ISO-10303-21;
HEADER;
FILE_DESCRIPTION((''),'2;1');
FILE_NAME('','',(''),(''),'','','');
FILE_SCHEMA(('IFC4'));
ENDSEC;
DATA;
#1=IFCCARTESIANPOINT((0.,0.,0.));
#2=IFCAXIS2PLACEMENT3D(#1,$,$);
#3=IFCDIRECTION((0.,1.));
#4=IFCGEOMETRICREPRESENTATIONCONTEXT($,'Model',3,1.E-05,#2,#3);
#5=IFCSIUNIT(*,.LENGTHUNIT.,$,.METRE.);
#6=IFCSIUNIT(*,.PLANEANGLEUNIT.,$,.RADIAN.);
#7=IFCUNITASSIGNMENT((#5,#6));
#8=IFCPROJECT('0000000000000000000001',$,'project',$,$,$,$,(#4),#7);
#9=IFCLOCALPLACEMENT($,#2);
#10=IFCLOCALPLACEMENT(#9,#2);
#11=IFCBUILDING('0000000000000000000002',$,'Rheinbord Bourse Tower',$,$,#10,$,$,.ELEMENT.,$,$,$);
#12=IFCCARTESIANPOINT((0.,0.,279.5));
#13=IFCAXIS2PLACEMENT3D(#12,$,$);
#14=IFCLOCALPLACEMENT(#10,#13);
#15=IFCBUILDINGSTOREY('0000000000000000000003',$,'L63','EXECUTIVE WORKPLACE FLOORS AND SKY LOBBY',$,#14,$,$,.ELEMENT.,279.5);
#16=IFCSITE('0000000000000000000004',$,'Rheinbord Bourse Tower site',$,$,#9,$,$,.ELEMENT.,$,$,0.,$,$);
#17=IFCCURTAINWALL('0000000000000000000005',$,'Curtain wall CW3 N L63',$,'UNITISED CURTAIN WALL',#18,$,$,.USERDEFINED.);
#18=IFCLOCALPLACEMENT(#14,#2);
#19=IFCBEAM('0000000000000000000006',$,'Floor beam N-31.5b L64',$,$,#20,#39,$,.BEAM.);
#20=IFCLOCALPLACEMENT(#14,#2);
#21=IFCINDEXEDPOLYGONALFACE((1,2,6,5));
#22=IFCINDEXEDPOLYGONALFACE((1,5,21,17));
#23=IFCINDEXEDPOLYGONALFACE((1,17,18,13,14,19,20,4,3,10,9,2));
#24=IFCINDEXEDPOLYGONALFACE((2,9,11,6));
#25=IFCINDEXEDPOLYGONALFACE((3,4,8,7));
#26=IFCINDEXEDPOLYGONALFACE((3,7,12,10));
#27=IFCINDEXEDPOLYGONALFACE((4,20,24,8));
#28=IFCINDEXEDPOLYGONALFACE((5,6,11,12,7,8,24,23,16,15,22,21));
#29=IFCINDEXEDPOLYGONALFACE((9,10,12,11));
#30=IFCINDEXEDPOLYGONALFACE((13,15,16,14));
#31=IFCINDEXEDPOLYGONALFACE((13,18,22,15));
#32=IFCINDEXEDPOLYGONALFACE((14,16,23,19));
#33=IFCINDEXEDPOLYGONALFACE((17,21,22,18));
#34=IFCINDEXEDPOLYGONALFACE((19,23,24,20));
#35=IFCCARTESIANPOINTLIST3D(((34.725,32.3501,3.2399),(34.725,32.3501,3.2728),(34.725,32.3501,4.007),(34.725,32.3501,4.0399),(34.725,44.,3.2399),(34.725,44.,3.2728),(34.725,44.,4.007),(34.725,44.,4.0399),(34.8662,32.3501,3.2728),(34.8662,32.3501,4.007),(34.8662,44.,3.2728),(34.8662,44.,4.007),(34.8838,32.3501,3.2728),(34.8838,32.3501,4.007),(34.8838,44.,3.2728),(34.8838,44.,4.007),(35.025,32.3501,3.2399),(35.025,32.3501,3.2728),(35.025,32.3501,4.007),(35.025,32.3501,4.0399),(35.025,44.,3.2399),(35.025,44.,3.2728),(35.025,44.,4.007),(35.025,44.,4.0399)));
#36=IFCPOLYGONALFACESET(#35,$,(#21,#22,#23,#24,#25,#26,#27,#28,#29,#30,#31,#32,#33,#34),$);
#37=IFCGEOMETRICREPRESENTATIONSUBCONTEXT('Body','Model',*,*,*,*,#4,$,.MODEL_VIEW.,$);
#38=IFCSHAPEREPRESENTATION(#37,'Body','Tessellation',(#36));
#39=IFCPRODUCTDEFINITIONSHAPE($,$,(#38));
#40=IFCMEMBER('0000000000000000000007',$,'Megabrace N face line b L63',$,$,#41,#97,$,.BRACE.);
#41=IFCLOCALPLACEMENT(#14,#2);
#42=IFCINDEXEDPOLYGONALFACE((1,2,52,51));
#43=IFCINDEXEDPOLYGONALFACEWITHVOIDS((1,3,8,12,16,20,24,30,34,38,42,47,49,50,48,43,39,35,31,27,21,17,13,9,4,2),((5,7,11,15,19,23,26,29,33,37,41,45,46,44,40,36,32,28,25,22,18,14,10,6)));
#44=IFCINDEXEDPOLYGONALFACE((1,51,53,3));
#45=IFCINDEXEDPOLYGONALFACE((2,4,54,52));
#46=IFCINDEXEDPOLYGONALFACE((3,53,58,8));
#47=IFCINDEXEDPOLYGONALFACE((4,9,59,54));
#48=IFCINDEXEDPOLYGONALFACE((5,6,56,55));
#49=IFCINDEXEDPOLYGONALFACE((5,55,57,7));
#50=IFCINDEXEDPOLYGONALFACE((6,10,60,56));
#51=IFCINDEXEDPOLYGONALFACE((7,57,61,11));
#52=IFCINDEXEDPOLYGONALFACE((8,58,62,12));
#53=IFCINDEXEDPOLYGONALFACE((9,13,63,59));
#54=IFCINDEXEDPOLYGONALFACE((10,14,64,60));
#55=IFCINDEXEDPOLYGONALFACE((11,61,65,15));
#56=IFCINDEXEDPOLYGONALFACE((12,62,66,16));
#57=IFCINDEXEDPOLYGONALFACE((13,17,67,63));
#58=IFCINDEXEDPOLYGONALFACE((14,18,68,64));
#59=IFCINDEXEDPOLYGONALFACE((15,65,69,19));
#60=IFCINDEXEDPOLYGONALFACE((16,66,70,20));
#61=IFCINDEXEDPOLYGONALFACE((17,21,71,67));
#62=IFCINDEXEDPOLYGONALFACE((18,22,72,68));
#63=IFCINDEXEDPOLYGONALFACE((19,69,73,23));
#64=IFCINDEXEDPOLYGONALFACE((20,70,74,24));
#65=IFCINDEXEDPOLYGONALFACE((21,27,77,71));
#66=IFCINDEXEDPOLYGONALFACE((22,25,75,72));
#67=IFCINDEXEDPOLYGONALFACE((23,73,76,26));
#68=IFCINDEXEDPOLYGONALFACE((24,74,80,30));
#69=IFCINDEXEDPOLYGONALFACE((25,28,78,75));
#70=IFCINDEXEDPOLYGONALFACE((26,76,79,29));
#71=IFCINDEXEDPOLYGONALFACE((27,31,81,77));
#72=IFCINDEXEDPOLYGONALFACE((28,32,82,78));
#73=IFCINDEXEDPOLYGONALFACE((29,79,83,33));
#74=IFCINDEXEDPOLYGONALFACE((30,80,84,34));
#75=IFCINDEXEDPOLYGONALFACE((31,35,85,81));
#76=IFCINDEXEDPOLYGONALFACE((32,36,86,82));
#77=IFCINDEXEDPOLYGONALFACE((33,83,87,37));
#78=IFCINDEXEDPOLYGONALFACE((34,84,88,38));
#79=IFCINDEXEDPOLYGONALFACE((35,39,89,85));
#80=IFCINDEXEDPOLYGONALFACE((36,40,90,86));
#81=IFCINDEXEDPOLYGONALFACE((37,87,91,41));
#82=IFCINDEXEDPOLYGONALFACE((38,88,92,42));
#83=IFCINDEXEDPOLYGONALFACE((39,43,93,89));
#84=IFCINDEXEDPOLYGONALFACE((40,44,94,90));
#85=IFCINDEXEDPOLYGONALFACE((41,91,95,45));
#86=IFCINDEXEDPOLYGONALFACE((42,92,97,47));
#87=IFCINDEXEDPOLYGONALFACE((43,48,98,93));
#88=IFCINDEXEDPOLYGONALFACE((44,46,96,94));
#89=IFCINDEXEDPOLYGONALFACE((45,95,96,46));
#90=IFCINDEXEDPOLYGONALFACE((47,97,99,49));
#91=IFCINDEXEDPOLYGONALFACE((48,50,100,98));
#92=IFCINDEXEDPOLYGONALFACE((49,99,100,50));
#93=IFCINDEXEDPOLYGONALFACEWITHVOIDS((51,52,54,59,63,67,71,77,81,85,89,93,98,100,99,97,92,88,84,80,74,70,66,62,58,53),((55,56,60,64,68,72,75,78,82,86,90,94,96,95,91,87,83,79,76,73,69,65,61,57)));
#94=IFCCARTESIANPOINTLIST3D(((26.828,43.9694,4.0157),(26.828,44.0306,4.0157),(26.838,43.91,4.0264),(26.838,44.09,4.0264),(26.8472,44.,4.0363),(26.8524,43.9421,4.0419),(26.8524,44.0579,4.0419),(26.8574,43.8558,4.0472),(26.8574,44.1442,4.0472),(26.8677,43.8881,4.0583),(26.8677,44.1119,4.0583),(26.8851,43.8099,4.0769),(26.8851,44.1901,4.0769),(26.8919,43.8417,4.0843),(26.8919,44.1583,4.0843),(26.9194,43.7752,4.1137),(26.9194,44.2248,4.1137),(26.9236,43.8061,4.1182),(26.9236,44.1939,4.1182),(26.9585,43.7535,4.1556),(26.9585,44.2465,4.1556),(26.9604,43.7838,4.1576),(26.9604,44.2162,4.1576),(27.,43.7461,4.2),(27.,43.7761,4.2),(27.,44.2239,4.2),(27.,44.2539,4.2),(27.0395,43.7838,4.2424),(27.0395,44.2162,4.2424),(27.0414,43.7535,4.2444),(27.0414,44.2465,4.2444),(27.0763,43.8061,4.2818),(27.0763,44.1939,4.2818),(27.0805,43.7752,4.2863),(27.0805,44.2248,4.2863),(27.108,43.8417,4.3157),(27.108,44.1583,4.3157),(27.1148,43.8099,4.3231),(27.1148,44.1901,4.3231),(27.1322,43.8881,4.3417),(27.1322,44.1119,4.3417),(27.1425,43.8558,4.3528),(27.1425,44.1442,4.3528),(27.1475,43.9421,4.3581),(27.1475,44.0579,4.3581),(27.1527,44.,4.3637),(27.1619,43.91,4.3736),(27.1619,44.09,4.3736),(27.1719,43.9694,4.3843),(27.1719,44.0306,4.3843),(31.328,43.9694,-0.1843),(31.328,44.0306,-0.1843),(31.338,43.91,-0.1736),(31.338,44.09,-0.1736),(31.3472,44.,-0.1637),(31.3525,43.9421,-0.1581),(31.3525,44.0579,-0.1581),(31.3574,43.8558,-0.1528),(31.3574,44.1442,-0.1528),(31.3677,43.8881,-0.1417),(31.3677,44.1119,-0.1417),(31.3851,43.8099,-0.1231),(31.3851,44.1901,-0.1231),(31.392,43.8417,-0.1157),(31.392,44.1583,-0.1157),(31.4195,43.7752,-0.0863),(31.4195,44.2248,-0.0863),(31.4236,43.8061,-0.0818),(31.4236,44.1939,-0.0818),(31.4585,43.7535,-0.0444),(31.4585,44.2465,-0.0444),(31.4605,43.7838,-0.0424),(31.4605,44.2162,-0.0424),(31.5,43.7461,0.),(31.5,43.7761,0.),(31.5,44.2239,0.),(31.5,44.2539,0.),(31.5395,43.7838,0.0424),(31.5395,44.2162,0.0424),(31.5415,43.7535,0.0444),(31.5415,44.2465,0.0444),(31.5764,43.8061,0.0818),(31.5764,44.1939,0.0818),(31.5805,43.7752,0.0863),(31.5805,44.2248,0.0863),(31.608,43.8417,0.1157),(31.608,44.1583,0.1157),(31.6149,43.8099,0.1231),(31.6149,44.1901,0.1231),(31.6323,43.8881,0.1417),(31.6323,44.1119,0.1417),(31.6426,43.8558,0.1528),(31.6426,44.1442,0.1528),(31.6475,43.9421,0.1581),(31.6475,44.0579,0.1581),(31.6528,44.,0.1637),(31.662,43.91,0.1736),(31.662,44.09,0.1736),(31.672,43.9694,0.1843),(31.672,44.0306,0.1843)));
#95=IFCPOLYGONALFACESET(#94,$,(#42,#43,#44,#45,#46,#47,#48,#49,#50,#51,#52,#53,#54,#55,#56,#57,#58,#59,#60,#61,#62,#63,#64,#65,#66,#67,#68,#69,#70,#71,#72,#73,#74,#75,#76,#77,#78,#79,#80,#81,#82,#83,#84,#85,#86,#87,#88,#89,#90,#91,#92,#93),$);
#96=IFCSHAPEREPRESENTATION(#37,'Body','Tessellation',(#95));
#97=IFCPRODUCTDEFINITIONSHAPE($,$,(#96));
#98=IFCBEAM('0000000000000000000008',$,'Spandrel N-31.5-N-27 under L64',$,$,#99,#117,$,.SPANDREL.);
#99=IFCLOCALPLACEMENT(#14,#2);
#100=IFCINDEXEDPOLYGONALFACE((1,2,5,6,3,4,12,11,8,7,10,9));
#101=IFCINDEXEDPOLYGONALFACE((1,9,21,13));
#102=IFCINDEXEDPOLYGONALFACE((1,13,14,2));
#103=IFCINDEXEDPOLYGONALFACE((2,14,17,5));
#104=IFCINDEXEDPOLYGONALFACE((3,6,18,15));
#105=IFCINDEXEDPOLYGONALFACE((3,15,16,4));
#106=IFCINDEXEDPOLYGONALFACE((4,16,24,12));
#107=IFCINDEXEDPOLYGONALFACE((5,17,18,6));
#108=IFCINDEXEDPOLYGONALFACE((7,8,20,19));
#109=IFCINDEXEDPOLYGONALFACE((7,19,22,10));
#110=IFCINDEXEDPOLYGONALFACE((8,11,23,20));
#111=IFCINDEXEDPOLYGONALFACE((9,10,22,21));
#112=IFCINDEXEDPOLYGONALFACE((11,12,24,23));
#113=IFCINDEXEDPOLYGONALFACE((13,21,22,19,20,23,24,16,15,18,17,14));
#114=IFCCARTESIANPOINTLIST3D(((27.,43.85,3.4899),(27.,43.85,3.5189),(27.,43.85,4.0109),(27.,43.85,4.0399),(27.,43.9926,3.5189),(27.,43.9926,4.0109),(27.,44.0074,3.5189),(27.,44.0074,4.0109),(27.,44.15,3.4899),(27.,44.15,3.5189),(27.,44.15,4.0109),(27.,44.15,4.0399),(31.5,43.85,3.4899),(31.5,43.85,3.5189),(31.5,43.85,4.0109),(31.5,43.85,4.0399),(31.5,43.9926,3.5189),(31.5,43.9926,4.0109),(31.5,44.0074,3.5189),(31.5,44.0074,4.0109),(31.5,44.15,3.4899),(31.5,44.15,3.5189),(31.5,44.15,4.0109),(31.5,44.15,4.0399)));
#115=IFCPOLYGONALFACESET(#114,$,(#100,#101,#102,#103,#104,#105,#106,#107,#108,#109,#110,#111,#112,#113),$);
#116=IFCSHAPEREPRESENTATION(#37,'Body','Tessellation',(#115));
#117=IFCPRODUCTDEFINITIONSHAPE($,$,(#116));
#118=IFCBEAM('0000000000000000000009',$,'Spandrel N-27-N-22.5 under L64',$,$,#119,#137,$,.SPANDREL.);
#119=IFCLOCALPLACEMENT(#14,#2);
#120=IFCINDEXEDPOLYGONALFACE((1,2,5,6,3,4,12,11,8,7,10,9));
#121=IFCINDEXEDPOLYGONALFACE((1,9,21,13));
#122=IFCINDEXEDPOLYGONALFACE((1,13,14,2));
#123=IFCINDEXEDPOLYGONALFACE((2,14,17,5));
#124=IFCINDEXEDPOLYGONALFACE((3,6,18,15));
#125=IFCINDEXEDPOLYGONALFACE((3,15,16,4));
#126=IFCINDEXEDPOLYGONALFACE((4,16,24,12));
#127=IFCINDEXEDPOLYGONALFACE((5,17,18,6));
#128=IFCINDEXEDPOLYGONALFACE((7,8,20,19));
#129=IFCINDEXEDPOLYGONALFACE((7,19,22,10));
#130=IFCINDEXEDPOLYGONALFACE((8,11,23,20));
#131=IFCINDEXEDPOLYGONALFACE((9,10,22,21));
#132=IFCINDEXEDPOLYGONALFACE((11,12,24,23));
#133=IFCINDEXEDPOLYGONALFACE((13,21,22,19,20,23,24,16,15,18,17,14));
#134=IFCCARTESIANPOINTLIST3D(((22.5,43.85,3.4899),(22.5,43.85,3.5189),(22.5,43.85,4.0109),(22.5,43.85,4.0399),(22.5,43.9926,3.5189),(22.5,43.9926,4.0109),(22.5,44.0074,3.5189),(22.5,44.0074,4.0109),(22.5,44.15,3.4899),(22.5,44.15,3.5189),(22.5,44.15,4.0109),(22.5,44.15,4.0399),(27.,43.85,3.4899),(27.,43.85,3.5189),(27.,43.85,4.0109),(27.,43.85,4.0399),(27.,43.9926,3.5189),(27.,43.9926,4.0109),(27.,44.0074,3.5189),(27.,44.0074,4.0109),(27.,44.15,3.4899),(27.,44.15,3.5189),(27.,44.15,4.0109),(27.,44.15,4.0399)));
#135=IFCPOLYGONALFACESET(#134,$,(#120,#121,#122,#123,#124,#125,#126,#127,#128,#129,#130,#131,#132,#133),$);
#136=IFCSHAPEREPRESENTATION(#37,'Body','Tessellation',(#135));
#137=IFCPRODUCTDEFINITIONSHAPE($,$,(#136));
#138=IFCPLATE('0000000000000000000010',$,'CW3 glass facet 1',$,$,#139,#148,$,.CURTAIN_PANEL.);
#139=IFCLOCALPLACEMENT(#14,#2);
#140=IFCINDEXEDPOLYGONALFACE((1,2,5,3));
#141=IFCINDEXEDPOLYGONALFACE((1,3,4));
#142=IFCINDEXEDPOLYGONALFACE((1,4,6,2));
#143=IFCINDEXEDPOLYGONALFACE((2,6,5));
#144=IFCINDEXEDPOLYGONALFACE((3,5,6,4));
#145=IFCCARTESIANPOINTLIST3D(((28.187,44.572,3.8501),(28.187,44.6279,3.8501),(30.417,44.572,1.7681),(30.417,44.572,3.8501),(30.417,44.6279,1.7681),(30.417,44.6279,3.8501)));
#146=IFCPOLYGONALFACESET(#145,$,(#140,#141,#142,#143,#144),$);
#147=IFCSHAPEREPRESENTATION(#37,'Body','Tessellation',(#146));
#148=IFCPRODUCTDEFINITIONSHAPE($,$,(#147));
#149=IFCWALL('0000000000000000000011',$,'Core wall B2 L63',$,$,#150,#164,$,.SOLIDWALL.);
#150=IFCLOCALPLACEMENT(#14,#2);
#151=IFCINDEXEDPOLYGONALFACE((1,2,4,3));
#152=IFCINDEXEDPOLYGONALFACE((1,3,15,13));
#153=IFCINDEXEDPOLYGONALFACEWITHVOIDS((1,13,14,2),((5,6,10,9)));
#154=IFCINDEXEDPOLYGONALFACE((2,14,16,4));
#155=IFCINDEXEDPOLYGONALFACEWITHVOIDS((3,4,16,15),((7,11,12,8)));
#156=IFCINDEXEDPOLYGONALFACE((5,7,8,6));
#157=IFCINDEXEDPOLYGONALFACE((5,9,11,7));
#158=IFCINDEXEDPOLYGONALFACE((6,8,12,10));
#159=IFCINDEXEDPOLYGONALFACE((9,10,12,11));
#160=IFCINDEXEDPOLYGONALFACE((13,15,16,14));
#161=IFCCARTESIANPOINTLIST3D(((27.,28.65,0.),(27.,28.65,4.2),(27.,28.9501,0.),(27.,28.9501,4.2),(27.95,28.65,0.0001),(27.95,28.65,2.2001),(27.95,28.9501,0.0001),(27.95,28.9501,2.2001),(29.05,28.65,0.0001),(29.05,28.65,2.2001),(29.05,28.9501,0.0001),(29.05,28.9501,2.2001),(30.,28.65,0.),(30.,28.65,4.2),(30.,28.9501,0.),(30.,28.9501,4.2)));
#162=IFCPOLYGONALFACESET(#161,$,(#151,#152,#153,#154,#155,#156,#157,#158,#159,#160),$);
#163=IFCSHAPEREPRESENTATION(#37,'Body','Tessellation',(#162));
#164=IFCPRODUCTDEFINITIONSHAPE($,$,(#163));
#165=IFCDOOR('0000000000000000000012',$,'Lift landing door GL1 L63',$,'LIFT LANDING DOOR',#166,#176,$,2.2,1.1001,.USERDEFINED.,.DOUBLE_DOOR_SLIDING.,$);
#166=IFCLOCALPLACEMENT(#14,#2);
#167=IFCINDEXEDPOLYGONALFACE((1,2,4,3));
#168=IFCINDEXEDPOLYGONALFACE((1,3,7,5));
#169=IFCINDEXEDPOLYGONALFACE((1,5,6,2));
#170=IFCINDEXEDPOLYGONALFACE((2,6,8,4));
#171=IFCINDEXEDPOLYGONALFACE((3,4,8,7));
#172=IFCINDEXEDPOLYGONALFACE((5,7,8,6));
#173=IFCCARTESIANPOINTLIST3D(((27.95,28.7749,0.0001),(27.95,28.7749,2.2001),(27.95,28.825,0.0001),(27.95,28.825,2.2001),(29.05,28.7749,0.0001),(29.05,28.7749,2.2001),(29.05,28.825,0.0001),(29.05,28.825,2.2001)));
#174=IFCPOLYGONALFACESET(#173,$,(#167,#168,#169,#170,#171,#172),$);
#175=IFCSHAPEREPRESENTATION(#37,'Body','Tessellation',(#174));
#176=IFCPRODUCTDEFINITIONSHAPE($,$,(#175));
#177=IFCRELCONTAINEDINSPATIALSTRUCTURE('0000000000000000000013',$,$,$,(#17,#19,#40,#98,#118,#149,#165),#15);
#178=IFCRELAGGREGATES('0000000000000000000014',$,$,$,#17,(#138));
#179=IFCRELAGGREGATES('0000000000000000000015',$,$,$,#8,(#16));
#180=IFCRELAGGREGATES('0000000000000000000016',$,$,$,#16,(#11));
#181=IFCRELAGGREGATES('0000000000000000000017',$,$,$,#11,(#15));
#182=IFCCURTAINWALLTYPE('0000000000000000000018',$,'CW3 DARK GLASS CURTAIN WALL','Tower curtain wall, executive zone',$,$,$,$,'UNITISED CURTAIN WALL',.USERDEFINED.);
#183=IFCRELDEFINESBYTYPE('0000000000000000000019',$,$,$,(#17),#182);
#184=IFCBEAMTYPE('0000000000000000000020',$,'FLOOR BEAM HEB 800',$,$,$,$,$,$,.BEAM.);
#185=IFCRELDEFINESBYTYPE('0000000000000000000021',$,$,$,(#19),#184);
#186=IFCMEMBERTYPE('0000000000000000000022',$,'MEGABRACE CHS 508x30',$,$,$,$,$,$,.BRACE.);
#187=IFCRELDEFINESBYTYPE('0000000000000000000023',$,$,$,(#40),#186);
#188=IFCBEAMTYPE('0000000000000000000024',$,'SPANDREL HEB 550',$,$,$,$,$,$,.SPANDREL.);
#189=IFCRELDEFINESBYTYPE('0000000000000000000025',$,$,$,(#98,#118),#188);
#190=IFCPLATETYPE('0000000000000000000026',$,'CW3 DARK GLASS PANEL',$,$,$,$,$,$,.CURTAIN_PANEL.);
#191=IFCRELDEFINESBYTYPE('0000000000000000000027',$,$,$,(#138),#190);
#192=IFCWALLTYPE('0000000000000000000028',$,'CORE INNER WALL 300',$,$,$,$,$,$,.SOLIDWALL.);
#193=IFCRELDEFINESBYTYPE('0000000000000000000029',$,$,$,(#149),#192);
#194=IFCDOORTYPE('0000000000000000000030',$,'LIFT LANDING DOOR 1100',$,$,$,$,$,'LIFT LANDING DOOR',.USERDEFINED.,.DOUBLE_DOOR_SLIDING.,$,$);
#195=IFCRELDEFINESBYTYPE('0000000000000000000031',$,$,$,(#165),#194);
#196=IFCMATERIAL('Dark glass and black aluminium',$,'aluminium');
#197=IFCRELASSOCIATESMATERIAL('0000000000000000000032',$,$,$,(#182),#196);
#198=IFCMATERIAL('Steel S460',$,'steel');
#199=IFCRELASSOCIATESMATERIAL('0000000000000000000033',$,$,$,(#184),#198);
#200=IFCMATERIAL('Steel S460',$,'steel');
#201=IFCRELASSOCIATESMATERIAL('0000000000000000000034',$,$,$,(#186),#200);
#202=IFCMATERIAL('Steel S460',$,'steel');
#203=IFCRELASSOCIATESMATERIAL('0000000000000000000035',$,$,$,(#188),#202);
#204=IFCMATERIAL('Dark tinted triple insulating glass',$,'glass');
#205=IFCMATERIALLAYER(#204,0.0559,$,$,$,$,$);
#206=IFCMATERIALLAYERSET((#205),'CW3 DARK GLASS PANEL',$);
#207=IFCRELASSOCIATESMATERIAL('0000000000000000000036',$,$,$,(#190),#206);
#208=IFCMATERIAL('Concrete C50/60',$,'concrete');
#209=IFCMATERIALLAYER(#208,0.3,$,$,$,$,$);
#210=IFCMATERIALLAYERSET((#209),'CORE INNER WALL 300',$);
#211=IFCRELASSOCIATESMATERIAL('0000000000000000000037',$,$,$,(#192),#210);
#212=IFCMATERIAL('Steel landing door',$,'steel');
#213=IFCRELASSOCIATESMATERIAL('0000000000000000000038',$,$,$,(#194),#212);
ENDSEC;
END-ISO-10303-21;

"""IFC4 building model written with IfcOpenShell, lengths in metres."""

from ifc_helpers import new_model, si_unit, direction, frame, frame_2d, origin, origin_2d, place, context, subcontext, project, spatial, polyline, rectangle, hollow_circle, i_section, outline, extrude, material, layer, layer_set, material_profile, profile_set, type_object, element, fill, aggregate, save


model = new_model("IFC4")

# Units and contexts
model_context = context("Model", 3, precision=1e-05, world=origin(), true_north=direction((0.0, 1.0)))
body_context = subcontext(model_context, "Body", "Model", "MODEL_VIEW")
ifc_project = project(units=[si_unit("LENGTHUNIT", "METRE"), si_unit("PLANEANGLEUNIT", "RADIAN")], contexts=[model_context])

# Site, building, storey
site_placement = place(None, origin())
site = spatial("IfcSite", under=ifc_project, at=site_placement, Name="Rheinbord Bourse Tower site", CompositionType="ELEMENT", RefElevation=0.0)
building_placement = place(site_placement, origin())
building = spatial("IfcBuilding", under=site, at=building_placement, Name="Rheinbord Bourse Tower", CompositionType="ELEMENT")
storey_placement = place(building_placement, frame((0.0, 0.0, 279.5)))
storey = spatial("IfcBuildingStorey", under=building, at=storey_placement, Name="L63", Description="EXECUTIVE WORKPLACE FLOORS AND SKY LOBBY", CompositionType="ELEMENT", Elevation=279.5)

# Curtain wall
ifc_material_1 = material(Name="Dark glass and black aluminium", Category="aluminium")
curtain_wall_type = type_object("IfcCurtainWallType", Name="CW3 DARK GLASS CURTAIN WALL", Description="Tower curtain wall, executive zone", ElementType="UNITISED CURTAIN WALL", PredefinedType="USERDEFINED", material=ifc_material_1)
curtain_wall_placement = place(storey_placement, origin())
curtain_wall = element("IfcCurtainWall", 1, at=curtain_wall_placement, inside=storey, type_object=curtain_wall_type, Name="Curtain wall CW3 N L63", ObjectType="UNITISED CURTAIN WALL", PredefinedType="USERDEFINED")

# Beam
ifc_material_2 = material(Name="Steel S460", Category="steel")
ifc_material_profile_1 = material_profile(ifc_material_2, i_section(OverallWidth=0.3, OverallDepth=0.8, WebThickness=0.0176, FlangeThickness=0.033, at=origin_2d()), Name="HEB 800")
ifc_profile_set_1 = profile_set([ifc_material_profile_1], Name="Steel S460")
beam_type_1 = type_object("IfcBeamType", Name="FLOOR BEAM HEB 800", PredefinedType="BEAM", material=ifc_profile_set_1)
for number, where, z_axis, x_axis, name in (
    (2, (34.875, 44.0, 3.6399), (0.0, -1.0, 0.0), (1.0, 0.0, 0.0), "Floor beam N-31.5b L64"),
):
    element("IfcBeam", number, at=place(storey_placement, frame(where, z_axis=z_axis, x_axis=x_axis)), inside=storey, type_object=beam_type_1, Name=name, PredefinedType="BEAM", context=body_context, shape_type="SweptSolid", body=[
        extrude(i_section(OverallWidth=0.3, OverallDepth=0.8, WebThickness=0.0176, FlangeThickness=0.033, at=origin_2d()), origin(), (0.0, 0.0, 1.0), 11.6499),
    ])

# Member
ifc_material_3 = material(Name="Steel S460", Category="steel")
ifc_material_profile_2 = material_profile(ifc_material_3, hollow_circle(Radius=0.2539, WallThickness=0.03, at=origin_2d()), Name="CHS 508x30")
ifc_profile_set_2 = profile_set([ifc_material_profile_2], Name="Steel S460")
member_type_1 = type_object("IfcMemberType", Name="MEGABRACE CHS 508x30", PredefinedType="BRACE", material=ifc_profile_set_2)
member_1_placement = place(storey_placement, frame((31.5, 44.0, 0.0), z_axis=(-0.731059, 0.0, 0.682314), x_axis=(0.0, -1.0, 0.0)))
element("IfcMember", 3, at=member_1_placement, inside=storey, type_object=member_type_1, Name="Megabrace N face line b L63", PredefinedType="BRACE", context=body_context, shape_type="SweptSolid", body=[
    extrude(hollow_circle(Radius=0.2539, WallThickness=0.03, at=origin_2d()), origin(), (0.0, 0.0, 1.0), 6.1555),
])

# Beams
ifc_material_4 = material(Name="Steel S460", Category="steel")
ifc_material_profile_3 = material_profile(ifc_material_4, i_section(OverallWidth=0.3, OverallDepth=0.55, WebThickness=0.0149, FlangeThickness=0.0291, at=origin_2d()), Name="HEB 550")
ifc_profile_set_3 = profile_set([ifc_material_profile_3], Name="Steel S460")
beam_type_2 = type_object("IfcBeamType", Name="SPANDREL HEB 550", PredefinedType="SPANDREL", material=ifc_profile_set_3)
for number, where, z_axis, x_axis, name in (
    (4, (31.5, 44.0, 3.7649), (-1.0, 0.0, 0.0), (0.0, -1.0, 0.0), "Spandrel N-31.5-N-27 under L64"),
    (5, (27.0, 44.0, 3.7649), (-1.0, 0.0, 0.0), (0.0, -1.0, 0.0), "Spandrel N-27-N-22.5 under L64"),
):
    element("IfcBeam", number, at=place(storey_placement, frame(where, z_axis=z_axis, x_axis=x_axis)), inside=storey, type_object=beam_type_2, Name=name, PredefinedType="SPANDREL", context=body_context, shape_type="SweptSolid", body=[
        extrude(i_section(OverallWidth=0.3, OverallDepth=0.55, WebThickness=0.0149, FlangeThickness=0.0291, at=origin_2d()), origin(), (0.0, 0.0, 1.0), 4.5),
    ])

# Plate
ifc_material_5 = material(Name="Dark tinted triple insulating glass", Category="glass")
ifc_layer_1 = layer(ifc_material_5, 0.0559)
ifc_layer_set_1 = layer_set([ifc_layer_1], Name="CW3 DARK GLASS PANEL")
plate_type = type_object("IfcPlateType", Name="CW3 DARK GLASS PANEL", PredefinedType="CURTAIN_PANEL", material=ifc_layer_set_1)
plate_placement = place(storey_placement, frame((30.417, 44.6279, 3.8501), z_axis=(0.0, -1.0, 0.0), x_axis=(-1.0, 0.0, 0.0)))
plate = element("IfcPlate", 6, at=plate_placement, type_object=plate_type, Name="CW3 glass facet 1", PredefinedType="CURTAIN_PANEL", context=body_context, shape_type="SweptSolid", body=[
    extrude(outline(polyline([(0.0, 0.0), (2.23, 0.0), (0.0, 2.082), (0.0, 0.0)])), origin(), (0.0, 0.0, 1.0), 0.0559),
])
aggregate(curtain_wall, [plate])

# Wall, opening, door
ifc_material_6 = material(Name="Concrete C50/60", Category="concrete")
ifc_layer_2 = layer(ifc_material_6, 0.3)
ifc_layer_set_2 = layer_set([ifc_layer_2], Name="CORE INNER WALL 300")
wall_type_1 = type_object("IfcWallType", Name="CORE INNER WALL 300", PredefinedType="SOLIDWALL", material=ifc_layer_set_2)
wall_1_placement = place(storey_placement, frame((27.0, 28.8, 0.0), z_axis=(0.0, 0.0, 1.0), x_axis=(1.0, 0.0, 0.0)))
wall_1 = element("IfcWall", 7, at=wall_1_placement, inside=storey, type_object=wall_type_1, Name="Core wall B2 L63", PredefinedType="SOLIDWALL", context=body_context, shape_type="SweptSolid", body=[
    extrude(rectangle(XDim=3.0, YDim=0.3, at=frame_2d((1.5, 0.0))), origin(), (0.0, 0.0, 1.0), 4.2),
])
opening_1_placement = place(wall_1_placement, frame((0.95, 0.0, 0.0)))
opening_1 = element("IfcOpeningElement", 8, at=opening_1_placement, cuts=wall_1, PredefinedType="OPENING", context=body_context, shape_type="SweptSolid", body=[
    extrude(rectangle(XDim=1.1001, YDim=2.2, at=frame_2d((0.55, 1.1001))), frame((0.0, 0.1599, 0.0), z_axis=(0.0, -1.0, 0.0), x_axis=(1.0, 0.0, 0.0)), (0.0, 0.0, 1.0), 0.3201),
])
ifc_material_7 = material(Name="Steel landing door", Category="steel")
door_type_1 = type_object("IfcDoorType", Name="LIFT LANDING DOOR 1100", ElementType="LIFT LANDING DOOR", OperationType="DOUBLE_DOOR_SLIDING", PredefinedType="USERDEFINED", material=ifc_material_7)
door_1_placement = place(opening_1_placement, origin())
door_1 = element("IfcDoor", 9, at=door_1_placement, inside=storey, type_object=door_type_1, Name="Lift landing door GL1 L63", ObjectType="LIFT LANDING DOOR", OperationType="DOUBLE_DOOR_SLIDING", OverallHeight=2.2, OverallWidth=1.1001, PredefinedType="USERDEFINED", context=body_context, shape_type="SweptSolid", body=[
    extrude(rectangle(XDim=1.1001, YDim=2.2, at=frame_2d((0.55, 1.1001))), frame((0.0, 0.0249, 0.0), z_axis=(0.0, -1.0, 0.0), x_axis=(1.0, 0.0, 0.0)), (0.0, 0.0, 1.0), 0.05),
])
fill(opening_1, door_1)

save(model, "model.ifc")
